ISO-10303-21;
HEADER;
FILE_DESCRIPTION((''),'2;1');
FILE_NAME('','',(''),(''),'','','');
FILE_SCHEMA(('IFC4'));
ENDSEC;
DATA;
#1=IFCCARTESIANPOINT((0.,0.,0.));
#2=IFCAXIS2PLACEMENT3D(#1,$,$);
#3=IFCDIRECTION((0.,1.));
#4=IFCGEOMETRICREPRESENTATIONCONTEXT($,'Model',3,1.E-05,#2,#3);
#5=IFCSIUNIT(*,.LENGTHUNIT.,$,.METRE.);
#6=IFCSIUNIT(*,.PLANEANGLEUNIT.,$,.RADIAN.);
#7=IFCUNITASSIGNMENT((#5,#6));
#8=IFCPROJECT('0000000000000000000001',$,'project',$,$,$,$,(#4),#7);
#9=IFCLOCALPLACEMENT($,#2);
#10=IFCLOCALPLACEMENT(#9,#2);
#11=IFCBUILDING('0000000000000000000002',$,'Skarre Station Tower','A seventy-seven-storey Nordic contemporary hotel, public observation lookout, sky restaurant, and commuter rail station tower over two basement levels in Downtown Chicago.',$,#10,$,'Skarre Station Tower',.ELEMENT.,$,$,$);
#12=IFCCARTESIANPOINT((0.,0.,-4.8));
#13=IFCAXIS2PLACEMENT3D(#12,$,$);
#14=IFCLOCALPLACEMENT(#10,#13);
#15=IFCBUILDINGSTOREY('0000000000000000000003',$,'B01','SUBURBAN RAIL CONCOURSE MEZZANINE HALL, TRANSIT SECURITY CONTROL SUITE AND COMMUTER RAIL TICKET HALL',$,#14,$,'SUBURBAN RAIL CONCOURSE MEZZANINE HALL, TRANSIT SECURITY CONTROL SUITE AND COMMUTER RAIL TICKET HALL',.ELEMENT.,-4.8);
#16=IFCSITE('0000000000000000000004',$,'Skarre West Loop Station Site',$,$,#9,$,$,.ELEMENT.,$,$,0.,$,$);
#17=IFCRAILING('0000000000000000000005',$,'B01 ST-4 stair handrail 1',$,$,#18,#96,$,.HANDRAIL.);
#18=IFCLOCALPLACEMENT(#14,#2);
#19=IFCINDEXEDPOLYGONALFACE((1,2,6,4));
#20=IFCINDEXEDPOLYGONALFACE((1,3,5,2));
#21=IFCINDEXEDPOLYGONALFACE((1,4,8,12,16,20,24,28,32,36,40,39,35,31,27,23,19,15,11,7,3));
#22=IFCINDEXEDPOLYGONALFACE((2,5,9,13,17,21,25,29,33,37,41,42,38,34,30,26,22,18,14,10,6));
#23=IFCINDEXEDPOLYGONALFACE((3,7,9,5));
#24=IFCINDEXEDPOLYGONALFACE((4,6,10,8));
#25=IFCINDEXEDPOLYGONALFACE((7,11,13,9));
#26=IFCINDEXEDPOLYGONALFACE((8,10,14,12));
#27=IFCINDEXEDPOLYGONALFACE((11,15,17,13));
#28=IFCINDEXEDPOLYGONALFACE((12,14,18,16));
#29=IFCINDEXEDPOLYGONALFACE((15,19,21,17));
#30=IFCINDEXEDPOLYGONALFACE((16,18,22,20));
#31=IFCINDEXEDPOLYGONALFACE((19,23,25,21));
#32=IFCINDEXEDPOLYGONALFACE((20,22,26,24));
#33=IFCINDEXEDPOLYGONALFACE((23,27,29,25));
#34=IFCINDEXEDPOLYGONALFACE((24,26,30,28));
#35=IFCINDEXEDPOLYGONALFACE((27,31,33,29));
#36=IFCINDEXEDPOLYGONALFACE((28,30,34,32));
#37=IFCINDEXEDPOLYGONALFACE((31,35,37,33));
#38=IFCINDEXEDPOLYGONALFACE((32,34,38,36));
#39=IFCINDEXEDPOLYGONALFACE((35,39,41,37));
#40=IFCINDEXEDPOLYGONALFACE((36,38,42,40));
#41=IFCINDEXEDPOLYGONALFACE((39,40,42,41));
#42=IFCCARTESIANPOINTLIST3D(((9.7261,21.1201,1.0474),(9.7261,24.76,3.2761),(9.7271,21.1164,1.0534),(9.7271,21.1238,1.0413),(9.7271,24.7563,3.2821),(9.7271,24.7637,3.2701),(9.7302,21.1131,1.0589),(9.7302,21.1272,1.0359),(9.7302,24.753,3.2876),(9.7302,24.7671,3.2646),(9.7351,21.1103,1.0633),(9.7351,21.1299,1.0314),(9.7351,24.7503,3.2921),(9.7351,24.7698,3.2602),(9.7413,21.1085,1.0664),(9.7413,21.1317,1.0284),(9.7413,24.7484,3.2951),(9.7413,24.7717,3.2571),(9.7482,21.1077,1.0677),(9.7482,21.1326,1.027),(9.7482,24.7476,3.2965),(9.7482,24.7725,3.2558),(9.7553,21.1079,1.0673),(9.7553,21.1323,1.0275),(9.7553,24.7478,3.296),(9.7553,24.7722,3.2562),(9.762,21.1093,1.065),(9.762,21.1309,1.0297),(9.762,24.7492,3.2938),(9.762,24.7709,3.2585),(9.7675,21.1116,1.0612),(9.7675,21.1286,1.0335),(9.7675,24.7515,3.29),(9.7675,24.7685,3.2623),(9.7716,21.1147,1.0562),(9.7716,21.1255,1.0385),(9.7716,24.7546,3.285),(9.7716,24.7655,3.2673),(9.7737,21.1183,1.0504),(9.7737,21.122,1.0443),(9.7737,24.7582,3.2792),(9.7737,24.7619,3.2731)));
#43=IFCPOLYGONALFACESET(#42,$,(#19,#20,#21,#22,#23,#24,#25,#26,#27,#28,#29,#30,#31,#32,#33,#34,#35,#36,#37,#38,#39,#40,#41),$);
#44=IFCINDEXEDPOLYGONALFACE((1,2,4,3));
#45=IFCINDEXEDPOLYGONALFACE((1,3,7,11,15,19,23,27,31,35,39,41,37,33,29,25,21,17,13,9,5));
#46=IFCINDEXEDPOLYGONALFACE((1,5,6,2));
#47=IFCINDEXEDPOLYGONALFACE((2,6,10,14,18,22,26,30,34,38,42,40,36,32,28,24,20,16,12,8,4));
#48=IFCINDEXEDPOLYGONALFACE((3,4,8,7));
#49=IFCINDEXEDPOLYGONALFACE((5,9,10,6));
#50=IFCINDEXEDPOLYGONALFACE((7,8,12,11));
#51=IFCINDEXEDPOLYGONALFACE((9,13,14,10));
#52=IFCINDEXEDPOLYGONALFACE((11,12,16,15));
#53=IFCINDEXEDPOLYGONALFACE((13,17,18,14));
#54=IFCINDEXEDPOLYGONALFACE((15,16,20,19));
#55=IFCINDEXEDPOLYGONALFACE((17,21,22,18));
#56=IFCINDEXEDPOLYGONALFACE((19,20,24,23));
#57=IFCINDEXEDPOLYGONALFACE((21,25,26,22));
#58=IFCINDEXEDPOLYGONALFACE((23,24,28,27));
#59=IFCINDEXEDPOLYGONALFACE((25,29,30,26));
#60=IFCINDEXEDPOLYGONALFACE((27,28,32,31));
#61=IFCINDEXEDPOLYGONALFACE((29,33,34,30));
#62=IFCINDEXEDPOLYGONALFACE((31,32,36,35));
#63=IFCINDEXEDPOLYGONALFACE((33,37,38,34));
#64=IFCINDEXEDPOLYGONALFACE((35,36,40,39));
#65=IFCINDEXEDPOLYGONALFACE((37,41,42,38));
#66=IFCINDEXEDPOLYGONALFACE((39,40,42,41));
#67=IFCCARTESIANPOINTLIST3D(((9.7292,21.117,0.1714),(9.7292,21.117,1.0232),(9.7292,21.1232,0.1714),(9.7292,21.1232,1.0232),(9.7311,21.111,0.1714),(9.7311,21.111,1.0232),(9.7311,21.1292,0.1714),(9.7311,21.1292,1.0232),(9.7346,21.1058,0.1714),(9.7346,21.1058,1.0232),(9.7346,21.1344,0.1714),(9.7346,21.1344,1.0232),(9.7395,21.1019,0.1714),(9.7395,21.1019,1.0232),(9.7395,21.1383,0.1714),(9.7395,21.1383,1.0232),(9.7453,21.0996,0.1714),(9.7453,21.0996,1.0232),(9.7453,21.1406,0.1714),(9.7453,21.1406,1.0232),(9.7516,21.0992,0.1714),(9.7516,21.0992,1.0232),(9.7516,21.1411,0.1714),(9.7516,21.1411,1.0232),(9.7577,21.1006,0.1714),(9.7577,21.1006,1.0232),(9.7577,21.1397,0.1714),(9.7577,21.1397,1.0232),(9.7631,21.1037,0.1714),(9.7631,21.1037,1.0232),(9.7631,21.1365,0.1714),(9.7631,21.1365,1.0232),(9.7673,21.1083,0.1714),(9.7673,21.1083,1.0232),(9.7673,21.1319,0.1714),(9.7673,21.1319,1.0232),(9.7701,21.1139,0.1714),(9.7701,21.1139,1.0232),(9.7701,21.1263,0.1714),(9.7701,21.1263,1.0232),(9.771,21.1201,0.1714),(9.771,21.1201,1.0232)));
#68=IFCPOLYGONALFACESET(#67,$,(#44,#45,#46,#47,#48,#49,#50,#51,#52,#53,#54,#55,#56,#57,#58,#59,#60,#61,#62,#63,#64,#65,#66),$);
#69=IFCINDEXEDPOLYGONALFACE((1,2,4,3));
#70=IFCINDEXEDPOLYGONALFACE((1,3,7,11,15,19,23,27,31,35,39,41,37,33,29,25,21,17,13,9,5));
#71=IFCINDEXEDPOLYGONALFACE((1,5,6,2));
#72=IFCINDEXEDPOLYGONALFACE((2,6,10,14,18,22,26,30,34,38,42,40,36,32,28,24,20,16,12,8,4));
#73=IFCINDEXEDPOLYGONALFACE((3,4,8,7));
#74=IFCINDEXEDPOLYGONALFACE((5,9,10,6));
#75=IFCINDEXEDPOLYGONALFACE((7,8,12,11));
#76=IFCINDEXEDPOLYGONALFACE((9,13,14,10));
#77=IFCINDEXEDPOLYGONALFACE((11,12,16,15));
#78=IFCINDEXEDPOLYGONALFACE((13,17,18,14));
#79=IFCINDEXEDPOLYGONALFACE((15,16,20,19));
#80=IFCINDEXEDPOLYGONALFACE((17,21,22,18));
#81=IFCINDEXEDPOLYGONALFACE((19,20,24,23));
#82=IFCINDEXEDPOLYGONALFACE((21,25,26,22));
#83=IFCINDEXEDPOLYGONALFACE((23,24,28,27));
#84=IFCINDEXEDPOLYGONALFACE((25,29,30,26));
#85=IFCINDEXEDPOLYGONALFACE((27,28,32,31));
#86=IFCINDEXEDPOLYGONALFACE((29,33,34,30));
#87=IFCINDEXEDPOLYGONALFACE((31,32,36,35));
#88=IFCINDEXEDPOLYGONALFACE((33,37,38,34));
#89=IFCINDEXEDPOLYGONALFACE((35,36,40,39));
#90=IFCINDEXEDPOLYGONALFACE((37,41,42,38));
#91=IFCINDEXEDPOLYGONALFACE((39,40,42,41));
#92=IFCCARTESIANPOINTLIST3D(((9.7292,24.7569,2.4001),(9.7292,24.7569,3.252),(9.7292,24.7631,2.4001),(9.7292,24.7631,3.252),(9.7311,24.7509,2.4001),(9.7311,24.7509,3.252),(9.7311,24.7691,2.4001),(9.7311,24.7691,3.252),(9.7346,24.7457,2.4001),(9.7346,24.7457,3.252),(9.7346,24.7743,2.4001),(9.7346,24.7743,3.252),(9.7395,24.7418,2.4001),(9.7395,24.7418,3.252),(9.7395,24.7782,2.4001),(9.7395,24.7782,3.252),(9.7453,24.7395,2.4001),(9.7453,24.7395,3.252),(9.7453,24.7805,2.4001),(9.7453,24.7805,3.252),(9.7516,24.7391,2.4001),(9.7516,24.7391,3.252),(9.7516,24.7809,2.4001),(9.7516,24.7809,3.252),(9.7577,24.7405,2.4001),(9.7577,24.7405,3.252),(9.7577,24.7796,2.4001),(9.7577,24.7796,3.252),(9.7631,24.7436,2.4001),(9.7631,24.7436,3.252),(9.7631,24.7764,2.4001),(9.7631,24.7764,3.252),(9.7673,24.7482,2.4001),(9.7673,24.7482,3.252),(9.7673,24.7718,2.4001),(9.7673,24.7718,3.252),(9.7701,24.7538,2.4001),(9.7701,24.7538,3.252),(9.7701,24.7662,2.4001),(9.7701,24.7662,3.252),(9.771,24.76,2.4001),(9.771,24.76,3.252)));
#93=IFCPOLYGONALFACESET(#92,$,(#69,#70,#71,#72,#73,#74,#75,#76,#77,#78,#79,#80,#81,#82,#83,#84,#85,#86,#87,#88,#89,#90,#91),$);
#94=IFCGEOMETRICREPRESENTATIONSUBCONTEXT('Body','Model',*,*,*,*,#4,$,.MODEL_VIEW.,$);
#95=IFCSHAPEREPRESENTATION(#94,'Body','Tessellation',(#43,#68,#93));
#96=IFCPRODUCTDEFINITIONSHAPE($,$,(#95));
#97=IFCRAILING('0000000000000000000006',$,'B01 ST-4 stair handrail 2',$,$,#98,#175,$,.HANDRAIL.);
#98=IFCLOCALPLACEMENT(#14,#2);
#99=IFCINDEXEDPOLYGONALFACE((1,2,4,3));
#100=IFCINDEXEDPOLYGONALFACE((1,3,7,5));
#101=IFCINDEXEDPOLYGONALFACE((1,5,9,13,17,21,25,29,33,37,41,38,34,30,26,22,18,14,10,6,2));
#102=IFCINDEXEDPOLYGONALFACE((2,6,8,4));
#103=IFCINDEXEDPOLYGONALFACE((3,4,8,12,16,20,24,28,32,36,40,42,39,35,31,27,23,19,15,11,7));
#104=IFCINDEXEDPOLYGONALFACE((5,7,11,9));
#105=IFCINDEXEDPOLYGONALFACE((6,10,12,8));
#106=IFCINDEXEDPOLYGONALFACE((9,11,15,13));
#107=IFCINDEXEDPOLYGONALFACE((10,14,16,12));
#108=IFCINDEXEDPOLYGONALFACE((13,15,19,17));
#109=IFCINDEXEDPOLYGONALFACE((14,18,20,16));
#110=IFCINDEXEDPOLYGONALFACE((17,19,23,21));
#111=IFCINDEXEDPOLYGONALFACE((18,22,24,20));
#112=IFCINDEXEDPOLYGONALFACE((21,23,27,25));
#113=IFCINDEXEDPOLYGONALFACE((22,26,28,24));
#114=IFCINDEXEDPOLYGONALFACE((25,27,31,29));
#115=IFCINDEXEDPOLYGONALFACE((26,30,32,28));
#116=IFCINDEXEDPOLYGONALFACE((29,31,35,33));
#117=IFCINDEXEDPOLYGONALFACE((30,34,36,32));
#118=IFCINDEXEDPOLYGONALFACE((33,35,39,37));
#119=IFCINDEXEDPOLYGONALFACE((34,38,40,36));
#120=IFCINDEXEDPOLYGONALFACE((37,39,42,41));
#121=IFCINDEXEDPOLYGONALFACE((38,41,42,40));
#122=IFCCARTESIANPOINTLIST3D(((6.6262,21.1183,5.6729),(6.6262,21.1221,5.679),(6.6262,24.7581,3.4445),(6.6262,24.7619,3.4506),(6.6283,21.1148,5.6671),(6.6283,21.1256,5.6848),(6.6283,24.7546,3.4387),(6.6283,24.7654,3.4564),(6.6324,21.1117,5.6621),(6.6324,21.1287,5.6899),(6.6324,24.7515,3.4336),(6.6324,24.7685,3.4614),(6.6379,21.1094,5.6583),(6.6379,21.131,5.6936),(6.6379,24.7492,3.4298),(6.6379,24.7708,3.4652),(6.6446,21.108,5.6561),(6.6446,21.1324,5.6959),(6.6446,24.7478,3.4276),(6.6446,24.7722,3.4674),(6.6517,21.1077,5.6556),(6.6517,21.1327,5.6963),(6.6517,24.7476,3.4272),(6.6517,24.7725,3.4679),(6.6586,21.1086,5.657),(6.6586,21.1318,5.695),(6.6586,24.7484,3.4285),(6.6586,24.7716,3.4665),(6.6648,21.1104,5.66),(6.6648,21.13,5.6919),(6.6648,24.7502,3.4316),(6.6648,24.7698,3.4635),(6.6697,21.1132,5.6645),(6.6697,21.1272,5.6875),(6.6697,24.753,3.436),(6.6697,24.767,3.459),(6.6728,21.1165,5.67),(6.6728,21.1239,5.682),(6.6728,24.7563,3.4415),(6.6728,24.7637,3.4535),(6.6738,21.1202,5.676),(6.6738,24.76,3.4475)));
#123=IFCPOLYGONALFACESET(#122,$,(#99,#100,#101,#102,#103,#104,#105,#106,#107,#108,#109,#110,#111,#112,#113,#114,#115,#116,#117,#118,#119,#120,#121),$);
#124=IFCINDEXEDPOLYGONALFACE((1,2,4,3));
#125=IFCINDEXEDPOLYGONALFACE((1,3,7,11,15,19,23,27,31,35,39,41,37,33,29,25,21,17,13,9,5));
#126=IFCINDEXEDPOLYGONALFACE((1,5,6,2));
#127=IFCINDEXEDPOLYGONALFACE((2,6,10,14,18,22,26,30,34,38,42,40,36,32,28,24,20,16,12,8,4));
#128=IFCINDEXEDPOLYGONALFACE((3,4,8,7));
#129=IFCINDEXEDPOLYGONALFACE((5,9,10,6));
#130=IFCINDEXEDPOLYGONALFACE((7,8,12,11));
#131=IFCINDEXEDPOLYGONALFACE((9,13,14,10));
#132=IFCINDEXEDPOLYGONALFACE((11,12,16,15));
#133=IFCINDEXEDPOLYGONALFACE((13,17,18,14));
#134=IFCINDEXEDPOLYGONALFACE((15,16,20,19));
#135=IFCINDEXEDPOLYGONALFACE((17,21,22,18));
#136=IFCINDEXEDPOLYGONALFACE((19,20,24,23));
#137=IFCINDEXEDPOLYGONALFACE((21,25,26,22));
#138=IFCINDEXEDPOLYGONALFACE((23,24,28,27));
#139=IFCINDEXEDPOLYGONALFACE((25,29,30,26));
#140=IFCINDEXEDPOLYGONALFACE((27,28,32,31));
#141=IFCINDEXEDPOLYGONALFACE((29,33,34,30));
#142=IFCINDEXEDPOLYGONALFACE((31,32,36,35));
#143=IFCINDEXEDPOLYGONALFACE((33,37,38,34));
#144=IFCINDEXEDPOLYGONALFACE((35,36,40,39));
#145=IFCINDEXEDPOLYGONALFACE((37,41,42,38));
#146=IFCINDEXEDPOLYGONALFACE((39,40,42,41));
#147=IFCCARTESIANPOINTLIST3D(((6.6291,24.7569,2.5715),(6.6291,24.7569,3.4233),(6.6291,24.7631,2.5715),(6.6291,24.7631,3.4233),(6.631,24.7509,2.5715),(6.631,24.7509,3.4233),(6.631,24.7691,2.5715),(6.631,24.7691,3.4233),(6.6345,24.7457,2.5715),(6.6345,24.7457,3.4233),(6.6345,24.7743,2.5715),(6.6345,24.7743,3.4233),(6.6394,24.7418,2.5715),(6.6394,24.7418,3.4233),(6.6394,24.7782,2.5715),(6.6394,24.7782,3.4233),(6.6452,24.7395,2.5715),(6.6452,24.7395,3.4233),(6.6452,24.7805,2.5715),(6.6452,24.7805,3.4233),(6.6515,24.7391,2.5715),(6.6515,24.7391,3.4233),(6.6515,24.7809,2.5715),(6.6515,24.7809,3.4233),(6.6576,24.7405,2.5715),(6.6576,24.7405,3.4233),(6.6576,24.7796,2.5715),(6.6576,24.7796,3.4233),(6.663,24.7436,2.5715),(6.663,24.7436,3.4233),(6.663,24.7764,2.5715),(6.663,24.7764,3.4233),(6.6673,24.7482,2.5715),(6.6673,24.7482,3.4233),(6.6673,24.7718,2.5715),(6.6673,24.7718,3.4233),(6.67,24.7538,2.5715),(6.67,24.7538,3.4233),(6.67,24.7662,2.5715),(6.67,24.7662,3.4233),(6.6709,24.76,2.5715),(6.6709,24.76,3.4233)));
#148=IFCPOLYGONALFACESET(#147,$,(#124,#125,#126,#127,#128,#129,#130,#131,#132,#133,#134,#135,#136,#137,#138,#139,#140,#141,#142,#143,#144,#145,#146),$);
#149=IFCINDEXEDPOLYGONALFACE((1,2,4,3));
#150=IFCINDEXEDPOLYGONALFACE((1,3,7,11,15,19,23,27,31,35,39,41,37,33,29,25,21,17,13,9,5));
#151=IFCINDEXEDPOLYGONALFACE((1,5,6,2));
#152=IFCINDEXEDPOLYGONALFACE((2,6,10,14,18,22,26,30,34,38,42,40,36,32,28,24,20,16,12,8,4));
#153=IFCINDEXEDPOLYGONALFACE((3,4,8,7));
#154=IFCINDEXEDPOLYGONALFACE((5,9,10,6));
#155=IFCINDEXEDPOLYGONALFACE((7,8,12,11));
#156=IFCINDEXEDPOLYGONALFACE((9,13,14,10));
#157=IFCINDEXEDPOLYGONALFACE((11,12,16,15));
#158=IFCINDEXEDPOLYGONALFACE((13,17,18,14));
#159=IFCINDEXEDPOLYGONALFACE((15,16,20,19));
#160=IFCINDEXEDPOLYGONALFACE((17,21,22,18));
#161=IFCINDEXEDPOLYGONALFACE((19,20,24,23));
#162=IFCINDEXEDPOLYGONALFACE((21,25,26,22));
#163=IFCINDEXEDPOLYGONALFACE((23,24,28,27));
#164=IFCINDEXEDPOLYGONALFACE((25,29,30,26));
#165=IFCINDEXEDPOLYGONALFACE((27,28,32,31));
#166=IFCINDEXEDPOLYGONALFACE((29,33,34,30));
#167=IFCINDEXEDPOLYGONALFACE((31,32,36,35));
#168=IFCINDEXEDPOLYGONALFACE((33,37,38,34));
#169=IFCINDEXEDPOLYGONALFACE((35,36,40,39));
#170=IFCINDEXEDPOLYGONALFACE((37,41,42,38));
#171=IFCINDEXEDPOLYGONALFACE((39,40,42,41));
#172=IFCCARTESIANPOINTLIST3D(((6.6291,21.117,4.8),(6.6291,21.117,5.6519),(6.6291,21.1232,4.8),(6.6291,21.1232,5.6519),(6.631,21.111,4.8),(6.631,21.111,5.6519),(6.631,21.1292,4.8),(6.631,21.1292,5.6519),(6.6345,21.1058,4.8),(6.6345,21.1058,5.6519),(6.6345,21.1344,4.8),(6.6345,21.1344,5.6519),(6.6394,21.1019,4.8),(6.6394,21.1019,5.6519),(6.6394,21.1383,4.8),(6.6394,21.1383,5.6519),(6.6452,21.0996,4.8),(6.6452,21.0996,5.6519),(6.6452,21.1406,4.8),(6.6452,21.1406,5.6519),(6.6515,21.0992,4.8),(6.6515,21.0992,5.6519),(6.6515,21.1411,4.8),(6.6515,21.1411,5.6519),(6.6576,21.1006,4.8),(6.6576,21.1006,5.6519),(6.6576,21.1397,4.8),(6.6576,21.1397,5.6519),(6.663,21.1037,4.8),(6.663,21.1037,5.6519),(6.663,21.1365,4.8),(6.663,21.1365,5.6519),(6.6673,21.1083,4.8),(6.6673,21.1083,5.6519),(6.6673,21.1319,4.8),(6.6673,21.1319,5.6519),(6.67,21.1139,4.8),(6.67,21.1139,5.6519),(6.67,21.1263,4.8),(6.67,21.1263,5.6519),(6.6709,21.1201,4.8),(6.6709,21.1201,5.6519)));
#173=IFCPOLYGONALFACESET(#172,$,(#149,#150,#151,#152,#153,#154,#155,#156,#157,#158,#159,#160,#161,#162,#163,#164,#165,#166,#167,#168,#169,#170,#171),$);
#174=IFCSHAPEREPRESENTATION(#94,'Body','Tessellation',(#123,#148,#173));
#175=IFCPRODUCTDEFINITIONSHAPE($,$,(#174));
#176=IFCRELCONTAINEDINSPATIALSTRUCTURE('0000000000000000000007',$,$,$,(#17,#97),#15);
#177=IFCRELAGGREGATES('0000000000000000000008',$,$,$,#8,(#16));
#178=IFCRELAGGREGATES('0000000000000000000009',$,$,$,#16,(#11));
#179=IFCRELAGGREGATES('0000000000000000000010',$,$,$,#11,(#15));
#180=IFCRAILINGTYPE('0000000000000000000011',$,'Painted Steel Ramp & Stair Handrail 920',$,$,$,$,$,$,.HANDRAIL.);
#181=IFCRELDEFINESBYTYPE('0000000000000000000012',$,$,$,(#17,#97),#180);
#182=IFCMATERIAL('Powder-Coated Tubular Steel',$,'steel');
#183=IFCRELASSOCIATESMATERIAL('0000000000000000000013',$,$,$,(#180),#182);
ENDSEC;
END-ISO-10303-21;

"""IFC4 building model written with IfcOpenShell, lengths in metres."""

from ifc_helpers import new_model, si_unit, direction, frame, origin, origin_2d, place, context, subcontext, project, spatial, circle, extrude, material, type_object, element, save


model = new_model("IFC4")

# Units and contexts
model_context = context("Model", 3, precision=1e-05, world=origin(), true_north=direction((0.0, 1.0)))
body_context = subcontext(model_context, "Body", "Model", "MODEL_VIEW")
ifc_project = project(units=[si_unit("LENGTHUNIT", "METRE"), si_unit("PLANEANGLEUNIT", "RADIAN")], contexts=[model_context])

# Site, building, storey
site_placement = place(None, origin())
site = spatial("IfcSite", under=ifc_project, at=site_placement, Name="Skarre West Loop Station Site", CompositionType="ELEMENT", RefElevation=0.0)
building_placement = place(site_placement, origin())
building = spatial("IfcBuilding", under=site, at=building_placement, Name="Skarre Station Tower", Description="A seventy-seven-storey Nordic contemporary hotel, public observation lookout, sky restaurant, and commuter rail station tower over two basement levels in Downtown Chicago.", LongName="Skarre Station Tower", CompositionType="ELEMENT")
storey_placement = place(building_placement, frame((0.0, 0.0, -4.8)))
storey = spatial("IfcBuildingStorey", under=building, at=storey_placement, Name="B01", Description="SUBURBAN RAIL CONCOURSE MEZZANINE HALL, TRANSIT SECURITY CONTROL SUITE AND COMMUTER RAIL TICKET HALL", LongName="SUBURBAN RAIL CONCOURSE MEZZANINE HALL, TRANSIT SECURITY CONTROL SUITE AND COMMUTER RAIL TICKET HALL", CompositionType="ELEMENT", Elevation=-4.8)

# Railings
ifc_material_1 = material(Name="Powder-Coated Tubular Steel", Category="steel")
railing_type_1 = type_object("IfcRailingType", Name="Painted Steel Ramp & Stair Handrail 920", PredefinedType="HANDRAIL", material=ifc_material_1)
railing_1_placement = place(storey_placement, frame((9.75, 21.1201, 0.1714)))
element("IfcRailing", 1, at=railing_1_placement, inside=storey, type_object=railing_type_1, Name="B01 ST-4 stair handrail 1", PredefinedType="HANDRAIL", context=body_context, shape_type="SweptSolid", body=[
    extrude(circle(Radius=0.0239, at=origin_2d()), frame((0.0, 0.0, 0.876), z_axis=(0.0, 0.852825, 0.522197), x_axis=(-1.0, 0.0, 0.0)), (0.0, 0.0, 1.0), 4.2681),
    extrude(circle(Radius=0.021, at=origin_2d()), origin(), (0.0, 0.0, 1.0), 0.8518),
    extrude(circle(Radius=0.021, at=origin_2d()), frame((0.0, 3.6399, 2.2288)), (0.0, 0.0, 1.0), 0.8518),
])
railing_2_placement = place(storey_placement, frame((6.6499, 24.76, 2.5715)))
element("IfcRailing", 2, at=railing_2_placement, inside=storey, type_object=railing_type_1, Name="B01 ST-4 stair handrail 2", PredefinedType="HANDRAIL", context=body_context, shape_type="SweptSolid", body=[
    extrude(circle(Radius=0.0239, at=origin_2d()), frame((0.0, 0.0, 0.876), z_axis=(0.0, -0.85285, 0.522156), x_axis=(1.0, 0.0, 0.0)), (0.0, 0.0, 1.0), 4.2678),
    extrude(circle(Radius=0.021, at=origin_2d()), origin(), (0.0, 0.0, 1.0), 0.8518),
    extrude(circle(Radius=0.021, at=origin_2d()), frame((0.0, -3.6399, 2.2285)), (0.0, 0.0, 1.0), 0.8518),
])

save(model, "model.ifc")
